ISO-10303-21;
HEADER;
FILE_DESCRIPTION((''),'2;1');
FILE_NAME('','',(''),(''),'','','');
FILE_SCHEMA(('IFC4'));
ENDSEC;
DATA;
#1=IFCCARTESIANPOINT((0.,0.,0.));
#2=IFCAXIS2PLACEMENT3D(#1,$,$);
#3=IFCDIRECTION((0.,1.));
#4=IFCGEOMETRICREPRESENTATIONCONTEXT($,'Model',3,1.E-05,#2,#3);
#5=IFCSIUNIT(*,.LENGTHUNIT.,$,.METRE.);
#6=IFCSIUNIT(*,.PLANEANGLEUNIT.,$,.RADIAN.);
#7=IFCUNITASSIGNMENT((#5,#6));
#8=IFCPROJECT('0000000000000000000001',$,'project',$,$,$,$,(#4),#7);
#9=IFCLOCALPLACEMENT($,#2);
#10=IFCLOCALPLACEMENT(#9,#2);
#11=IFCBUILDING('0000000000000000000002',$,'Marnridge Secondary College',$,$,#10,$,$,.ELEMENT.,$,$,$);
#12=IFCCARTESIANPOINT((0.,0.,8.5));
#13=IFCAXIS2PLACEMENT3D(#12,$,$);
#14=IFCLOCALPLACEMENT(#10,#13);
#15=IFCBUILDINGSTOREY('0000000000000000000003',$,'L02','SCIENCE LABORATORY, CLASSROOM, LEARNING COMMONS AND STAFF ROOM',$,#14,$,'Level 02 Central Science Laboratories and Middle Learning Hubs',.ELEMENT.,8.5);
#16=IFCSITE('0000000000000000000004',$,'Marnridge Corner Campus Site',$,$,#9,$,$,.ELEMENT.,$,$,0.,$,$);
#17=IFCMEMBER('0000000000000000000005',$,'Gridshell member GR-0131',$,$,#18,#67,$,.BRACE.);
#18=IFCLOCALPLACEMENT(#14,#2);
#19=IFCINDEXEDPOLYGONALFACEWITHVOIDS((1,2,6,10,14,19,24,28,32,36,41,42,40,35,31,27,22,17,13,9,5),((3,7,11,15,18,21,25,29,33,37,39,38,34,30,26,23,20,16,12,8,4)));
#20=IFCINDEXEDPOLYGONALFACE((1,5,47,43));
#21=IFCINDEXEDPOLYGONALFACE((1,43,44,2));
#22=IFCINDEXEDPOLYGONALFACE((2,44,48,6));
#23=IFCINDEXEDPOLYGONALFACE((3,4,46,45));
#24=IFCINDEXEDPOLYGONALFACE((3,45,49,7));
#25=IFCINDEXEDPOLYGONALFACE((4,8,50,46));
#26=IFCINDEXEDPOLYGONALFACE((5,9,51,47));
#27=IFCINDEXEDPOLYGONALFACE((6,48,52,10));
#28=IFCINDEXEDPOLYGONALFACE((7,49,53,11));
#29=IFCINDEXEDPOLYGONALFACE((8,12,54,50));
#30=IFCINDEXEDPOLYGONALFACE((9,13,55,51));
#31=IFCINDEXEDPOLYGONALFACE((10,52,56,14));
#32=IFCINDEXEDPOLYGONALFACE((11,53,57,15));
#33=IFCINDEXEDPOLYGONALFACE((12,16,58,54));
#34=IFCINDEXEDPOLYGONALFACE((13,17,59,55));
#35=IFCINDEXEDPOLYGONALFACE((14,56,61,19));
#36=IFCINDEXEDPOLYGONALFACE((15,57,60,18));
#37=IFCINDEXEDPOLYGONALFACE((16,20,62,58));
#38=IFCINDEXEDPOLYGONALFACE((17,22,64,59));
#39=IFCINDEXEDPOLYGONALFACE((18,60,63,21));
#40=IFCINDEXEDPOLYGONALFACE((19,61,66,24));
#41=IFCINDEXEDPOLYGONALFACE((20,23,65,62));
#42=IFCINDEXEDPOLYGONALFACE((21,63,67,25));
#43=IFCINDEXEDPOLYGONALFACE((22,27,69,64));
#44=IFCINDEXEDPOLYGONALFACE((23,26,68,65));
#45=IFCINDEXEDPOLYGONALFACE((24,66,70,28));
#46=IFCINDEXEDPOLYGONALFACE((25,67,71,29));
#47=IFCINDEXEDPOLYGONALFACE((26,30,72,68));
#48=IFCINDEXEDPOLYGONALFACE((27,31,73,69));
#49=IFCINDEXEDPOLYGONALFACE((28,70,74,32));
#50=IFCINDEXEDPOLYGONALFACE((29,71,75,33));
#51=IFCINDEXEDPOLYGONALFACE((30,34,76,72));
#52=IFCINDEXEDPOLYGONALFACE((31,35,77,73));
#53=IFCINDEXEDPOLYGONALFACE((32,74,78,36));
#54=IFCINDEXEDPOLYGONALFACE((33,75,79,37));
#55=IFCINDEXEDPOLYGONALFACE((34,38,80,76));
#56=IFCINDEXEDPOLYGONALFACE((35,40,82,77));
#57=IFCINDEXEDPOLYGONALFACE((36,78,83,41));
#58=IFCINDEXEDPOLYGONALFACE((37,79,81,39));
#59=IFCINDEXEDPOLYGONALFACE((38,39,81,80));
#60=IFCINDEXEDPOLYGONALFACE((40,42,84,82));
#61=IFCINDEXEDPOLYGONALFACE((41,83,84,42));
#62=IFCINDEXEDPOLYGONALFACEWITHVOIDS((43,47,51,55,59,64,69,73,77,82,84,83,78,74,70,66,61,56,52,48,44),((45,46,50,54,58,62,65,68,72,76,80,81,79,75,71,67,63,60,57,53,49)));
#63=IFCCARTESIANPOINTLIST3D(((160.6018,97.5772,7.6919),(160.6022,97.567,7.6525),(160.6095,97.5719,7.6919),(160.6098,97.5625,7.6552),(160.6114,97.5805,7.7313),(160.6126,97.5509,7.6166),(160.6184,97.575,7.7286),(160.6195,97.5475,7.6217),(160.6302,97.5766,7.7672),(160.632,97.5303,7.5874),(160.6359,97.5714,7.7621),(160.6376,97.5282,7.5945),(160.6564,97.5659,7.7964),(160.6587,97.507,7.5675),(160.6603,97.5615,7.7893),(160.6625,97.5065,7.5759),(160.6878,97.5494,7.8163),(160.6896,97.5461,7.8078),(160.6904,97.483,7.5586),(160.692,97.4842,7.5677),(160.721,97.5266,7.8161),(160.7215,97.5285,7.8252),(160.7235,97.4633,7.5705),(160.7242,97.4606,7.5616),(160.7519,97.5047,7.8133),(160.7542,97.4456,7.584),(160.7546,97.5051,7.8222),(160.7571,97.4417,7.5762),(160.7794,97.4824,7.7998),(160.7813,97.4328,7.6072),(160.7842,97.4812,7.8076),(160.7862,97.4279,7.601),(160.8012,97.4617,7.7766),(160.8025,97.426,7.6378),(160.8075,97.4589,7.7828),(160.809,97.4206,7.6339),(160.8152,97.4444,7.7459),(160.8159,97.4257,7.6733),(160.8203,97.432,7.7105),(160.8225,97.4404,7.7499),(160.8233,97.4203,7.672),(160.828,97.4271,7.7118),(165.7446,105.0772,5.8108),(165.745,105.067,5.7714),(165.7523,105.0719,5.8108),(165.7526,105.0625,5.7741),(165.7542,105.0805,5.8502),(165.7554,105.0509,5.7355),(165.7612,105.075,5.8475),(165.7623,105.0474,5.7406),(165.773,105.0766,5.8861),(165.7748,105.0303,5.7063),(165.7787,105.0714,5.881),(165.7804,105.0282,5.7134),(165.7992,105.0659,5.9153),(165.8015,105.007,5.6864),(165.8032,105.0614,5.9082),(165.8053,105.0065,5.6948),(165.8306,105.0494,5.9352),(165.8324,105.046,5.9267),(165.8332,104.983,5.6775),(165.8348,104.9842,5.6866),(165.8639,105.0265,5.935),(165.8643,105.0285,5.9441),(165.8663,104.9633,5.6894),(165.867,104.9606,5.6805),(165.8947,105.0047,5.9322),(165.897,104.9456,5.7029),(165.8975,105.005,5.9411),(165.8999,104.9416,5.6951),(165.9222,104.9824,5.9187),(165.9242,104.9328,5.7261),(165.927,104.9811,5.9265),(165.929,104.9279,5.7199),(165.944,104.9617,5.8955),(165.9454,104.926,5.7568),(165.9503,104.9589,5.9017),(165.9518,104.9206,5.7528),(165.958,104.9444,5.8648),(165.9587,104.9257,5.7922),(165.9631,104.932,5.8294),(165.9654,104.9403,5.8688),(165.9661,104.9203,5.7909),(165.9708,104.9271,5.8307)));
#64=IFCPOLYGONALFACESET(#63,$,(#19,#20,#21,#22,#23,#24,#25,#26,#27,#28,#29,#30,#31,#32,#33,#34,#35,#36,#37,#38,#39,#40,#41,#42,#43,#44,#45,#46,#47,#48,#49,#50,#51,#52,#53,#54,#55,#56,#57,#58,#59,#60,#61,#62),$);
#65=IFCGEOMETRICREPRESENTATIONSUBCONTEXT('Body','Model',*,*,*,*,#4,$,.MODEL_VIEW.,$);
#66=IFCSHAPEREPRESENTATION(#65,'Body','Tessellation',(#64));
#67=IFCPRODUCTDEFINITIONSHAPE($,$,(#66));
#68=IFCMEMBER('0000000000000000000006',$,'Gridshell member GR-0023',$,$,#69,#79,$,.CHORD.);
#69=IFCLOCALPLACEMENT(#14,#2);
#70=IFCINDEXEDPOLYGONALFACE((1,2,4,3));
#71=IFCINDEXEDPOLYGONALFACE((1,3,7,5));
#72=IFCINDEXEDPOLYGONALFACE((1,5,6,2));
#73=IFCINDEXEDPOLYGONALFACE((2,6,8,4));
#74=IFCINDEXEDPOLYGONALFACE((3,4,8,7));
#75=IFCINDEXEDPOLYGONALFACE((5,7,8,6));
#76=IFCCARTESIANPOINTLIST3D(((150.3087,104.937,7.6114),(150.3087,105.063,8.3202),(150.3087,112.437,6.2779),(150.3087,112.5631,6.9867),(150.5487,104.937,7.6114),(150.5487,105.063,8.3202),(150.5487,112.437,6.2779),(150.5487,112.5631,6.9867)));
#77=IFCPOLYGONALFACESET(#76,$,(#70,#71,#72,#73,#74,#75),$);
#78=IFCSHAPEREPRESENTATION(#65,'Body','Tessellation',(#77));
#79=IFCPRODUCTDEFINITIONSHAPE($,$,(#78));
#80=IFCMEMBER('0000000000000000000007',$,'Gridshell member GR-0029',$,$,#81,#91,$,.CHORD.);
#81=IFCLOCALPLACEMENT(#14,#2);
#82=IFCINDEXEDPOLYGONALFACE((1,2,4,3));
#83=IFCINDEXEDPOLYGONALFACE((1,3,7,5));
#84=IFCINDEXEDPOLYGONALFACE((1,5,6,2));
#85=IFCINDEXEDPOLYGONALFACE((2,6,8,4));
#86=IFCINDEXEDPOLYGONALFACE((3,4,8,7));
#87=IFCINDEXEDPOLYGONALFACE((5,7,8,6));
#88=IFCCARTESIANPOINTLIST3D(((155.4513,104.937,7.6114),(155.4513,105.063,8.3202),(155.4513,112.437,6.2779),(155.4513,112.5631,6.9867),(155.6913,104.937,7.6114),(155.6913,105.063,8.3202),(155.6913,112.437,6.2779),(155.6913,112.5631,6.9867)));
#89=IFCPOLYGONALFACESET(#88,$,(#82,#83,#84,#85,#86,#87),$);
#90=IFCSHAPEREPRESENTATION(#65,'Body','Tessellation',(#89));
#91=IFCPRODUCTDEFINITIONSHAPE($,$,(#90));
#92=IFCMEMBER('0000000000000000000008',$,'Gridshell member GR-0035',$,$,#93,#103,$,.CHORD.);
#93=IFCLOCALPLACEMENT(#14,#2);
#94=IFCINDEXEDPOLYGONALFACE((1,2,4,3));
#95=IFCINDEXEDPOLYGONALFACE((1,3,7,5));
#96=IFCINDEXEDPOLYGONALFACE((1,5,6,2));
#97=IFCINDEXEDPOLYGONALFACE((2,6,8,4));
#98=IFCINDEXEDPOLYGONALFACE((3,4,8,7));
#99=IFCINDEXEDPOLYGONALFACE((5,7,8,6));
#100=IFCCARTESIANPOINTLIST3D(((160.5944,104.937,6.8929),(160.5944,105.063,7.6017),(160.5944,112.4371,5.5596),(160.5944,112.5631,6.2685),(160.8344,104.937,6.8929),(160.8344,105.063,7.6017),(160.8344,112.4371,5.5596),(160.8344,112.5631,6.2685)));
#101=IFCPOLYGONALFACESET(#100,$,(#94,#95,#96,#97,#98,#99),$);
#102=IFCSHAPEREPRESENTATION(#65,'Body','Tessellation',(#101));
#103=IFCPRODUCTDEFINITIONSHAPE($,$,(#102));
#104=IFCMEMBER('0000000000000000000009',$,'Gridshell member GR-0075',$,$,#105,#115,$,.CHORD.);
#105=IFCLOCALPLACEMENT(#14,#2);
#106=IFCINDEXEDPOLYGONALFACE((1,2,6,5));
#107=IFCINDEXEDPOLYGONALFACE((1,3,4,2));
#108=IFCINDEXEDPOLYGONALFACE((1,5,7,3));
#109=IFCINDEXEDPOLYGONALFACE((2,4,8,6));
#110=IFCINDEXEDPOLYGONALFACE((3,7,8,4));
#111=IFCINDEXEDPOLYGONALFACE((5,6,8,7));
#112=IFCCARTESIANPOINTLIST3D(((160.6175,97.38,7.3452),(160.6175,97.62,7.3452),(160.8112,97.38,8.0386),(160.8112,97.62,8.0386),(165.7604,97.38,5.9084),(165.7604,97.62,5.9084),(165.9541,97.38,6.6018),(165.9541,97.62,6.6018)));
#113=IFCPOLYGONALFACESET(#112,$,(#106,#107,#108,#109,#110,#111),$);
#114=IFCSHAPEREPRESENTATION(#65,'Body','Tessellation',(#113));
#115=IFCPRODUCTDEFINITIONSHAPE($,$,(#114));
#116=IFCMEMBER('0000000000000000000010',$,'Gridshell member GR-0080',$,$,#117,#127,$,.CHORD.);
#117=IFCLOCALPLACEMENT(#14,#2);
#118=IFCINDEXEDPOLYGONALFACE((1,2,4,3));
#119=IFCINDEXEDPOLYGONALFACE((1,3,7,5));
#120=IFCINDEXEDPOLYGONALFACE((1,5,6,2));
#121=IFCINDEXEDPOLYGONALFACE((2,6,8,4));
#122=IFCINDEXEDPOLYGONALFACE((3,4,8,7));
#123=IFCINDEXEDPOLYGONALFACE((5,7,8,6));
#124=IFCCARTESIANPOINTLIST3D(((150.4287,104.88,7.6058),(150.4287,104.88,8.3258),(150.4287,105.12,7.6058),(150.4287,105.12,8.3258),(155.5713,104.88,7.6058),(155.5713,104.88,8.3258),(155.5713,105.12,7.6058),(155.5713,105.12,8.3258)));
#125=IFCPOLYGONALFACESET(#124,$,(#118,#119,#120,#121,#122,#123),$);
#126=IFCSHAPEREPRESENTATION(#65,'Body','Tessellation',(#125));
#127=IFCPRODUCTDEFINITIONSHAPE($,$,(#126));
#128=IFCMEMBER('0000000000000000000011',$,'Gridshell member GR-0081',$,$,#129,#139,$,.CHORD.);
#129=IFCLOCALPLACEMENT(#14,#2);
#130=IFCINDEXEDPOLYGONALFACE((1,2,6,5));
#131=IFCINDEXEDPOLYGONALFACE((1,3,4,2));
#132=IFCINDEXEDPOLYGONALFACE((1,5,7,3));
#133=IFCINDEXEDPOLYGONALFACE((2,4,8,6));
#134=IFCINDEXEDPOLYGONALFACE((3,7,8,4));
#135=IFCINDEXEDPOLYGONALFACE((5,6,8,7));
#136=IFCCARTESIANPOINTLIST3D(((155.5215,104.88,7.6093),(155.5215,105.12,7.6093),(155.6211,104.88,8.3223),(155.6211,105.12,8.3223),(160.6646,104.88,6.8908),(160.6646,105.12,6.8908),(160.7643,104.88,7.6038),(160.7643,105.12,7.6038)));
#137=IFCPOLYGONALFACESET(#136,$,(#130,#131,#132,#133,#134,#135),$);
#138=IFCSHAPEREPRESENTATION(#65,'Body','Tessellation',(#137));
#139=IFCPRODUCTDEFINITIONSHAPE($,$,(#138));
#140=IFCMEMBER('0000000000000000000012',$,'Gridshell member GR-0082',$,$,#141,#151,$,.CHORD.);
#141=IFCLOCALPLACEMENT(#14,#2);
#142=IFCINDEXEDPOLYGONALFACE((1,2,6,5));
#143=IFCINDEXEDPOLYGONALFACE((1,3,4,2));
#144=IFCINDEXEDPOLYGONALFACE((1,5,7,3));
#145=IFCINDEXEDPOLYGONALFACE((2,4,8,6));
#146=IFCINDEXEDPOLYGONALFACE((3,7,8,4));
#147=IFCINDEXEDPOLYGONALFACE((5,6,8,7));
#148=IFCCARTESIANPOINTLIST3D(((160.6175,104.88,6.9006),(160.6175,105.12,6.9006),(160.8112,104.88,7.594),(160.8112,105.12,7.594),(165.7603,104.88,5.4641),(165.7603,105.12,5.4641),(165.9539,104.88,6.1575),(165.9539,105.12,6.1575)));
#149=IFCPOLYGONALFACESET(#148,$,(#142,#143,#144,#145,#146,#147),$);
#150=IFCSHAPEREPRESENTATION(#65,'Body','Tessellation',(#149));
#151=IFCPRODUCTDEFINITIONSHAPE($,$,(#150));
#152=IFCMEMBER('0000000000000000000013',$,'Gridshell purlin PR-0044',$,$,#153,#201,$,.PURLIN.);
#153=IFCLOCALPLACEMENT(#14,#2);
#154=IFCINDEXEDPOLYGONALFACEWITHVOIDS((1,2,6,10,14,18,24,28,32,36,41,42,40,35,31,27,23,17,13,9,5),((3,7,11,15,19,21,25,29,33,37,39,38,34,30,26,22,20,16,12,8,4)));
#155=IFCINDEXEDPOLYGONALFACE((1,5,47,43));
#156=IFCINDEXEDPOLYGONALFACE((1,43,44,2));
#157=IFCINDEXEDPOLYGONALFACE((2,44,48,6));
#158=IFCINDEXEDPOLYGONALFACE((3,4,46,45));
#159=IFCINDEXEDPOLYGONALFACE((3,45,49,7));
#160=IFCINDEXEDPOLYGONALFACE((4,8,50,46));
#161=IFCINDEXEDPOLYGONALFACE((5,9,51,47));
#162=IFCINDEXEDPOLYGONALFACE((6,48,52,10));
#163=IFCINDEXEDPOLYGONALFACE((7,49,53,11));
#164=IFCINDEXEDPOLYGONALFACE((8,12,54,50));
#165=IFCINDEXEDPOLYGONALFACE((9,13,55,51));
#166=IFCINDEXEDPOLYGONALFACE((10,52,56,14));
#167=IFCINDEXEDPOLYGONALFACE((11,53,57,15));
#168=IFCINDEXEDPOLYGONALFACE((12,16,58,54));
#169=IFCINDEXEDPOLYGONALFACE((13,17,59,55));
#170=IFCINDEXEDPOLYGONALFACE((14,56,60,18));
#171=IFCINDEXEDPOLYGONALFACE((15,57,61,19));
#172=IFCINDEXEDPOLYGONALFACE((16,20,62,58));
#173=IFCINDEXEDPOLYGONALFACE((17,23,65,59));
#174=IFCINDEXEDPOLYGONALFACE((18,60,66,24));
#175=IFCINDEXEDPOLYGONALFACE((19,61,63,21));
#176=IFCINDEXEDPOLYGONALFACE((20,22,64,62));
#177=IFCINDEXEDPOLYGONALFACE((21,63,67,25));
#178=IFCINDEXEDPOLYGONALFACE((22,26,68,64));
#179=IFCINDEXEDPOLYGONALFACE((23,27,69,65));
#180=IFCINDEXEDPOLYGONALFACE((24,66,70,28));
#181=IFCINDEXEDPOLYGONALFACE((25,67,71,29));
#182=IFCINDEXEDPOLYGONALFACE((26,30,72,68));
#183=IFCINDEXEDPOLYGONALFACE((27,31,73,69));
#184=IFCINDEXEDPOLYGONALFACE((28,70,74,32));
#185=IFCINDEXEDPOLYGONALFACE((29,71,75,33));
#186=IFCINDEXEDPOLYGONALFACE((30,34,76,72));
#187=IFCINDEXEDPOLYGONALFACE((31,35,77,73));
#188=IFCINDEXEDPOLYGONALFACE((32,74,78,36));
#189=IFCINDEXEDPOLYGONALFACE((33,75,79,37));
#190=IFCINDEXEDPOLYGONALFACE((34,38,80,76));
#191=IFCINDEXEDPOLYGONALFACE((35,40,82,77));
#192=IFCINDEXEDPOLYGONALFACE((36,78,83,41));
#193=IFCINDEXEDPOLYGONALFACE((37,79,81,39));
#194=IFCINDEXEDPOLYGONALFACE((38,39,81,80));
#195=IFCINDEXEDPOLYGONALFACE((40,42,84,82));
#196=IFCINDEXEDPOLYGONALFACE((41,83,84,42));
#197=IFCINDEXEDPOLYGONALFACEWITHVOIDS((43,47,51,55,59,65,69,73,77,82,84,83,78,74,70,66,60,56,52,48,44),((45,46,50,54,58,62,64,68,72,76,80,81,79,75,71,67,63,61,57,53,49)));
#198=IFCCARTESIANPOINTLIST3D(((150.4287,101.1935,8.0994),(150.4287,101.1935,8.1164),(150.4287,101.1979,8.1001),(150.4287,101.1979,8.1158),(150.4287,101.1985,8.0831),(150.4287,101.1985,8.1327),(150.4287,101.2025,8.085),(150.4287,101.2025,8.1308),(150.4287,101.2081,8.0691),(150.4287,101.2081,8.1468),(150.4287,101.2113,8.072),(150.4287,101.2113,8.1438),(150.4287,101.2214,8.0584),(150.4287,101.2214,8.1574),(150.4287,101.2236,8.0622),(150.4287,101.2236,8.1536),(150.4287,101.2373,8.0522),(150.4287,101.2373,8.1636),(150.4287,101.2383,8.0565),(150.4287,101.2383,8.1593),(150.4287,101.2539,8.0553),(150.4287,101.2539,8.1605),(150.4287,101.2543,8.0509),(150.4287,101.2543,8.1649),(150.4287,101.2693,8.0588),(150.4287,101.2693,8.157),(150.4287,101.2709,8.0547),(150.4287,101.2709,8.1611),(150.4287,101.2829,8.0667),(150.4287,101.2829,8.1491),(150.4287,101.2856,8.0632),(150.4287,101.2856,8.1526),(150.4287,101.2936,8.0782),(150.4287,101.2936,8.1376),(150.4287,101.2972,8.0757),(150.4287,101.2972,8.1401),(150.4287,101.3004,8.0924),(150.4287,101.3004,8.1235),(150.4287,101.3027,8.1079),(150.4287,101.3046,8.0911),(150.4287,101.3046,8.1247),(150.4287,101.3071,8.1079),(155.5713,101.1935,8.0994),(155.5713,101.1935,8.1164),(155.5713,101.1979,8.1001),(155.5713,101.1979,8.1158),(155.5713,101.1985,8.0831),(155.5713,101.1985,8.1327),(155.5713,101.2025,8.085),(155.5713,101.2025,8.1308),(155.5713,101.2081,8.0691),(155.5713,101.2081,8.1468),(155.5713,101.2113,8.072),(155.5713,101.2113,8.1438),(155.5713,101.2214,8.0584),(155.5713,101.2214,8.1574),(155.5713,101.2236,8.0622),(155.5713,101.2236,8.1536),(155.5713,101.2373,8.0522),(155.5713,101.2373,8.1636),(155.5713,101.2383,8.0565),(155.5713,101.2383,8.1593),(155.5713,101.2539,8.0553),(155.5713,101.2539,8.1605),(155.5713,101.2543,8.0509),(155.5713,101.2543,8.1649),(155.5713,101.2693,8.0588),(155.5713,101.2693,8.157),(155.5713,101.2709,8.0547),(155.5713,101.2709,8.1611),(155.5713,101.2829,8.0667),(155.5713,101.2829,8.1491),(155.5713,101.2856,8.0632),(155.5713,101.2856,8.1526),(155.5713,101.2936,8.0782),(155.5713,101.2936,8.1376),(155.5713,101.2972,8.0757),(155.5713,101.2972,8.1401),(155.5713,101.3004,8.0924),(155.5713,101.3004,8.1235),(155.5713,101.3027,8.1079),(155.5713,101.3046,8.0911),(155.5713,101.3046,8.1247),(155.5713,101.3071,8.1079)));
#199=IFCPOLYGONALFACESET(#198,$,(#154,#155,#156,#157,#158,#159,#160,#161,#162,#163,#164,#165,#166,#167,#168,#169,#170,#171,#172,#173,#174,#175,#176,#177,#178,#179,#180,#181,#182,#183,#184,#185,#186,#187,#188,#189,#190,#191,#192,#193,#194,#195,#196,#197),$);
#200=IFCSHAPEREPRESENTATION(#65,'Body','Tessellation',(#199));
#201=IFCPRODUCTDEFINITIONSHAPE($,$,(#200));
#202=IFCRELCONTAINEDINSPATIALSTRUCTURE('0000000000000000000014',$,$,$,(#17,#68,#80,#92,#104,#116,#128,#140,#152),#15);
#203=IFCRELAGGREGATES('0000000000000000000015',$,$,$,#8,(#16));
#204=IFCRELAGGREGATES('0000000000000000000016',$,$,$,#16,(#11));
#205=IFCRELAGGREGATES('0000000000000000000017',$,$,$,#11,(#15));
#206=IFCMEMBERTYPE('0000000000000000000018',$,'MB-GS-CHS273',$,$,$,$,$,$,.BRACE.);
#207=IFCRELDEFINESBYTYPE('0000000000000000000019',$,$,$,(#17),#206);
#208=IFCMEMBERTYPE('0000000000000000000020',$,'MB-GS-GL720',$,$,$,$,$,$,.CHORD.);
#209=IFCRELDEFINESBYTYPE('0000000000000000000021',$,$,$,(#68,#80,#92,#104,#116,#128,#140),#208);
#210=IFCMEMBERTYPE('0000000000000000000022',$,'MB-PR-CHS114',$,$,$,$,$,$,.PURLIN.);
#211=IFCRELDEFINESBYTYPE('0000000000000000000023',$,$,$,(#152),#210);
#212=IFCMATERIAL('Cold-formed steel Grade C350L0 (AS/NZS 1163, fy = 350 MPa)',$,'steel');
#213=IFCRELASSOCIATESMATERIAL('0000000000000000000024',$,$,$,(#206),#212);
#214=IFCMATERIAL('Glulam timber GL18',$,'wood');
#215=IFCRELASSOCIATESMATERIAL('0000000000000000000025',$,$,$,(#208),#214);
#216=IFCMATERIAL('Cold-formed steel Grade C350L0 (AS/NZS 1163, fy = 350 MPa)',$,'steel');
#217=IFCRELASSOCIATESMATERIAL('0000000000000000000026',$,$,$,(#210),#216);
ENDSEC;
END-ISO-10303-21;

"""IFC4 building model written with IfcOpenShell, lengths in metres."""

from ifc_helpers import new_model, si_unit, direction, frame, origin, origin_2d, place, context, subcontext, project, spatial, rectangle, hollow_circle, extrude, material, material_profile, profile_set, type_object, element, save


model = new_model("IFC4")

# Units and contexts
model_context = context("Model", 3, precision=1e-05, world=origin(), true_north=direction((0.0, 1.0)))
body_context = subcontext(model_context, "Body", "Model", "MODEL_VIEW")
ifc_project = project(units=[si_unit("LENGTHUNIT", "METRE"), si_unit("PLANEANGLEUNIT", "RADIAN")], contexts=[model_context])

# Site, building, storey
site_placement = place(None, origin())
site = spatial("IfcSite", under=ifc_project, at=site_placement, Name="Marnridge Corner Campus Site", CompositionType="ELEMENT", RefElevation=0.0)
building_placement = place(site_placement, origin())
building = spatial("IfcBuilding", under=site, at=building_placement, Name="Marnridge Secondary College", CompositionType="ELEMENT")
storey_placement = place(building_placement, frame((0.0, 0.0, 8.5)))
storey = spatial("IfcBuildingStorey", under=building, at=storey_placement, Name="L02", Description="SCIENCE LABORATORY, CLASSROOM, LEARNING COMMONS AND STAFF ROOM", LongName="Level 02 Central Science Laboratories and Middle Learning Hubs", CompositionType="ELEMENT", Elevation=8.5)

# Members
ifc_material_1 = material(Name="Cold-formed steel Grade C350L0 (AS/NZS 1163, fy = 350 MPa)", Category="steel")
ifc_material_profile_1 = material_profile(ifc_material_1, hollow_circle(Radius=0.1365, WallThickness=0.0093, at=origin_2d()), Name="273.1x9.3CHS")
ifc_profile_set_1 = profile_set([ifc_material_profile_1], Name="Cold-formed steel Grade C350L0 (AS/NZS 1163, fy = 350 MPa)")
member_type_1 = type_object("IfcMemberType", Name="MB-GS-CHS273", PredefinedType="BRACE", material=ifc_profile_set_1)
member_1_placement = place(storey_placement, frame((160.7144, 97.5, 7.6919), z_axis=(0.553802, 0.807633, -0.202565), x_axis=(-0.824731, 0.565526, 0.0)))
element("IfcMember", 1, at=member_1_placement, inside=storey, type_object=member_type_1, Name="Gridshell member GR-0131", PredefinedType="BRACE", context=body_context, shape_type="SweptSolid", body=[
    extrude(hollow_circle(Radius=0.1365, WallThickness=0.0093, at=origin_2d()), origin(), (0.0, 0.0, 1.0), 9.2864),
])
ifc_material_2 = material(Name="Glulam timber GL18", Category="wood")
ifc_material_profile_2 = material_profile(ifc_material_2, rectangle(XDim=0.24, YDim=0.72, at=origin_2d()), Name="GL18 240x720")
ifc_profile_set_2 = profile_set([ifc_material_profile_2], Name="Glulam timber GL18")
member_type_2 = type_object("IfcMemberType", Name="MB-GS-GL720", PredefinedType="CHORD", material=ifc_profile_set_2)
for number, where, z_axis, x_axis, name in (
    (2, (150.4287, 105.0, 7.9658), (0.0, 0.984559, -0.175054), (-1.0, 0.0, 0.0), "Gridshell member GR-0023"),
    (3, (155.5713, 105.0, 7.9658), (0.0, 0.984559, -0.175054), (-1.0, 0.0, 0.0), "Gridshell member GR-0029"),
    (4, (160.7144, 105.0, 7.2473), (0.0, 0.984564, -0.175023), (-1.0, 0.0, 0.0), "Gridshell member GR-0035"),
):
    element("IfcMember", number, at=place(storey_placement, frame(where, z_axis=z_axis, x_axis=x_axis)), inside=storey, type_object=member_type_2, Name=name, PredefinedType="CHORD", context=body_context, shape_type="SweptSolid", body=[
        extrude(rectangle(XDim=0.24, YDim=0.72, at=origin_2d()), origin(), (0.0, 0.0, 1.0), 7.6177),
    ])
member_2_placement = place(storey_placement, frame((160.7144, 97.5, 7.6919), z_axis=(0.963121, 0.0, -0.26907), x_axis=(0.0, 1.0, 0.0)))
element("IfcMember", 5, at=member_2_placement, inside=storey, type_object=member_type_2, Name="Gridshell member GR-0075", PredefinedType="CHORD", context=body_context, shape_type="SweptSolid", body=[
    extrude(rectangle(XDim=0.24, YDim=0.72, at=origin_2d()), origin(), (0.0, 0.0, 1.0), 5.3398),
])
member_3_placement = place(storey_placement, frame((150.4287, 105.0, 7.9658), z_axis=(1.0, 0.0, 0.0), x_axis=(0.0, 1.0, 0.0)))
element("IfcMember", 6, at=member_3_placement, inside=storey, type_object=member_type_2, Name="Gridshell member GR-0080", PredefinedType="CHORD", context=body_context, shape_type="SweptSolid", body=[
    extrude(rectangle(XDim=0.24, YDim=0.72, at=origin_2d()), origin(), (0.0, 0.0, 1.0), 5.1426),
])
member_4_placement = place(storey_placement, frame((155.5713, 105.0, 7.9658), z_axis=(0.990382, 0.0, -0.13836), x_axis=(0.0, 1.0, 0.0)))
element("IfcMember", 7, at=member_4_placement, inside=storey, type_object=member_type_2, Name="Gridshell member GR-0081", PredefinedType="CHORD", context=body_context, shape_type="SweptSolid", body=[
    extrude(rectangle(XDim=0.24, YDim=0.72, at=origin_2d()), origin(), (0.0, 0.0, 1.0), 5.1931),
])
member_5_placement = place(storey_placement, frame((160.7144, 105.0, 7.2473), z_axis=(0.963132, 0.0, -0.269028), x_axis=(0.0, 1.0, 0.0)))
element("IfcMember", 8, at=member_5_placement, inside=storey, type_object=member_type_2, Name="Gridshell member GR-0082", PredefinedType="CHORD", context=body_context, shape_type="SweptSolid", body=[
    extrude(rectangle(XDim=0.24, YDim=0.72, at=origin_2d()), origin(), (0.0, 0.0, 1.0), 5.3396),
])
ifc_material_3 = material(Name="Cold-formed steel Grade C350L0 (AS/NZS 1163, fy = 350 MPa)", Category="steel")
ifc_material_profile_3 = material_profile(ifc_material_3, hollow_circle(Radius=0.0571, WallThickness=0.0044, at=origin_2d()), Name="114.3x4.5CHS")
ifc_profile_set_3 = profile_set([ifc_material_profile_3], Name="Cold-formed steel Grade C350L0 (AS/NZS 1163, fy = 350 MPa)")
member_type_3 = type_object("IfcMemberType", Name="MB-PR-CHS114", PredefinedType="PURLIN", material=ifc_profile_set_3)
member_6_placement = place(storey_placement, frame((150.4287, 101.25, 8.1079), z_axis=(1.0, 0.0, 0.0), x_axis=(0.0, 1.0, 0.0)))
element("IfcMember", 9, at=member_6_placement, inside=storey, type_object=member_type_3, Name="Gridshell purlin PR-0044", PredefinedType="PURLIN", context=body_context, shape_type="SweptSolid", body=[
    extrude(hollow_circle(Radius=0.0571, WallThickness=0.0044, at=origin_2d()), origin(), (0.0, 0.0, 1.0), 5.1426),
])

save(model, "model.ifc")
